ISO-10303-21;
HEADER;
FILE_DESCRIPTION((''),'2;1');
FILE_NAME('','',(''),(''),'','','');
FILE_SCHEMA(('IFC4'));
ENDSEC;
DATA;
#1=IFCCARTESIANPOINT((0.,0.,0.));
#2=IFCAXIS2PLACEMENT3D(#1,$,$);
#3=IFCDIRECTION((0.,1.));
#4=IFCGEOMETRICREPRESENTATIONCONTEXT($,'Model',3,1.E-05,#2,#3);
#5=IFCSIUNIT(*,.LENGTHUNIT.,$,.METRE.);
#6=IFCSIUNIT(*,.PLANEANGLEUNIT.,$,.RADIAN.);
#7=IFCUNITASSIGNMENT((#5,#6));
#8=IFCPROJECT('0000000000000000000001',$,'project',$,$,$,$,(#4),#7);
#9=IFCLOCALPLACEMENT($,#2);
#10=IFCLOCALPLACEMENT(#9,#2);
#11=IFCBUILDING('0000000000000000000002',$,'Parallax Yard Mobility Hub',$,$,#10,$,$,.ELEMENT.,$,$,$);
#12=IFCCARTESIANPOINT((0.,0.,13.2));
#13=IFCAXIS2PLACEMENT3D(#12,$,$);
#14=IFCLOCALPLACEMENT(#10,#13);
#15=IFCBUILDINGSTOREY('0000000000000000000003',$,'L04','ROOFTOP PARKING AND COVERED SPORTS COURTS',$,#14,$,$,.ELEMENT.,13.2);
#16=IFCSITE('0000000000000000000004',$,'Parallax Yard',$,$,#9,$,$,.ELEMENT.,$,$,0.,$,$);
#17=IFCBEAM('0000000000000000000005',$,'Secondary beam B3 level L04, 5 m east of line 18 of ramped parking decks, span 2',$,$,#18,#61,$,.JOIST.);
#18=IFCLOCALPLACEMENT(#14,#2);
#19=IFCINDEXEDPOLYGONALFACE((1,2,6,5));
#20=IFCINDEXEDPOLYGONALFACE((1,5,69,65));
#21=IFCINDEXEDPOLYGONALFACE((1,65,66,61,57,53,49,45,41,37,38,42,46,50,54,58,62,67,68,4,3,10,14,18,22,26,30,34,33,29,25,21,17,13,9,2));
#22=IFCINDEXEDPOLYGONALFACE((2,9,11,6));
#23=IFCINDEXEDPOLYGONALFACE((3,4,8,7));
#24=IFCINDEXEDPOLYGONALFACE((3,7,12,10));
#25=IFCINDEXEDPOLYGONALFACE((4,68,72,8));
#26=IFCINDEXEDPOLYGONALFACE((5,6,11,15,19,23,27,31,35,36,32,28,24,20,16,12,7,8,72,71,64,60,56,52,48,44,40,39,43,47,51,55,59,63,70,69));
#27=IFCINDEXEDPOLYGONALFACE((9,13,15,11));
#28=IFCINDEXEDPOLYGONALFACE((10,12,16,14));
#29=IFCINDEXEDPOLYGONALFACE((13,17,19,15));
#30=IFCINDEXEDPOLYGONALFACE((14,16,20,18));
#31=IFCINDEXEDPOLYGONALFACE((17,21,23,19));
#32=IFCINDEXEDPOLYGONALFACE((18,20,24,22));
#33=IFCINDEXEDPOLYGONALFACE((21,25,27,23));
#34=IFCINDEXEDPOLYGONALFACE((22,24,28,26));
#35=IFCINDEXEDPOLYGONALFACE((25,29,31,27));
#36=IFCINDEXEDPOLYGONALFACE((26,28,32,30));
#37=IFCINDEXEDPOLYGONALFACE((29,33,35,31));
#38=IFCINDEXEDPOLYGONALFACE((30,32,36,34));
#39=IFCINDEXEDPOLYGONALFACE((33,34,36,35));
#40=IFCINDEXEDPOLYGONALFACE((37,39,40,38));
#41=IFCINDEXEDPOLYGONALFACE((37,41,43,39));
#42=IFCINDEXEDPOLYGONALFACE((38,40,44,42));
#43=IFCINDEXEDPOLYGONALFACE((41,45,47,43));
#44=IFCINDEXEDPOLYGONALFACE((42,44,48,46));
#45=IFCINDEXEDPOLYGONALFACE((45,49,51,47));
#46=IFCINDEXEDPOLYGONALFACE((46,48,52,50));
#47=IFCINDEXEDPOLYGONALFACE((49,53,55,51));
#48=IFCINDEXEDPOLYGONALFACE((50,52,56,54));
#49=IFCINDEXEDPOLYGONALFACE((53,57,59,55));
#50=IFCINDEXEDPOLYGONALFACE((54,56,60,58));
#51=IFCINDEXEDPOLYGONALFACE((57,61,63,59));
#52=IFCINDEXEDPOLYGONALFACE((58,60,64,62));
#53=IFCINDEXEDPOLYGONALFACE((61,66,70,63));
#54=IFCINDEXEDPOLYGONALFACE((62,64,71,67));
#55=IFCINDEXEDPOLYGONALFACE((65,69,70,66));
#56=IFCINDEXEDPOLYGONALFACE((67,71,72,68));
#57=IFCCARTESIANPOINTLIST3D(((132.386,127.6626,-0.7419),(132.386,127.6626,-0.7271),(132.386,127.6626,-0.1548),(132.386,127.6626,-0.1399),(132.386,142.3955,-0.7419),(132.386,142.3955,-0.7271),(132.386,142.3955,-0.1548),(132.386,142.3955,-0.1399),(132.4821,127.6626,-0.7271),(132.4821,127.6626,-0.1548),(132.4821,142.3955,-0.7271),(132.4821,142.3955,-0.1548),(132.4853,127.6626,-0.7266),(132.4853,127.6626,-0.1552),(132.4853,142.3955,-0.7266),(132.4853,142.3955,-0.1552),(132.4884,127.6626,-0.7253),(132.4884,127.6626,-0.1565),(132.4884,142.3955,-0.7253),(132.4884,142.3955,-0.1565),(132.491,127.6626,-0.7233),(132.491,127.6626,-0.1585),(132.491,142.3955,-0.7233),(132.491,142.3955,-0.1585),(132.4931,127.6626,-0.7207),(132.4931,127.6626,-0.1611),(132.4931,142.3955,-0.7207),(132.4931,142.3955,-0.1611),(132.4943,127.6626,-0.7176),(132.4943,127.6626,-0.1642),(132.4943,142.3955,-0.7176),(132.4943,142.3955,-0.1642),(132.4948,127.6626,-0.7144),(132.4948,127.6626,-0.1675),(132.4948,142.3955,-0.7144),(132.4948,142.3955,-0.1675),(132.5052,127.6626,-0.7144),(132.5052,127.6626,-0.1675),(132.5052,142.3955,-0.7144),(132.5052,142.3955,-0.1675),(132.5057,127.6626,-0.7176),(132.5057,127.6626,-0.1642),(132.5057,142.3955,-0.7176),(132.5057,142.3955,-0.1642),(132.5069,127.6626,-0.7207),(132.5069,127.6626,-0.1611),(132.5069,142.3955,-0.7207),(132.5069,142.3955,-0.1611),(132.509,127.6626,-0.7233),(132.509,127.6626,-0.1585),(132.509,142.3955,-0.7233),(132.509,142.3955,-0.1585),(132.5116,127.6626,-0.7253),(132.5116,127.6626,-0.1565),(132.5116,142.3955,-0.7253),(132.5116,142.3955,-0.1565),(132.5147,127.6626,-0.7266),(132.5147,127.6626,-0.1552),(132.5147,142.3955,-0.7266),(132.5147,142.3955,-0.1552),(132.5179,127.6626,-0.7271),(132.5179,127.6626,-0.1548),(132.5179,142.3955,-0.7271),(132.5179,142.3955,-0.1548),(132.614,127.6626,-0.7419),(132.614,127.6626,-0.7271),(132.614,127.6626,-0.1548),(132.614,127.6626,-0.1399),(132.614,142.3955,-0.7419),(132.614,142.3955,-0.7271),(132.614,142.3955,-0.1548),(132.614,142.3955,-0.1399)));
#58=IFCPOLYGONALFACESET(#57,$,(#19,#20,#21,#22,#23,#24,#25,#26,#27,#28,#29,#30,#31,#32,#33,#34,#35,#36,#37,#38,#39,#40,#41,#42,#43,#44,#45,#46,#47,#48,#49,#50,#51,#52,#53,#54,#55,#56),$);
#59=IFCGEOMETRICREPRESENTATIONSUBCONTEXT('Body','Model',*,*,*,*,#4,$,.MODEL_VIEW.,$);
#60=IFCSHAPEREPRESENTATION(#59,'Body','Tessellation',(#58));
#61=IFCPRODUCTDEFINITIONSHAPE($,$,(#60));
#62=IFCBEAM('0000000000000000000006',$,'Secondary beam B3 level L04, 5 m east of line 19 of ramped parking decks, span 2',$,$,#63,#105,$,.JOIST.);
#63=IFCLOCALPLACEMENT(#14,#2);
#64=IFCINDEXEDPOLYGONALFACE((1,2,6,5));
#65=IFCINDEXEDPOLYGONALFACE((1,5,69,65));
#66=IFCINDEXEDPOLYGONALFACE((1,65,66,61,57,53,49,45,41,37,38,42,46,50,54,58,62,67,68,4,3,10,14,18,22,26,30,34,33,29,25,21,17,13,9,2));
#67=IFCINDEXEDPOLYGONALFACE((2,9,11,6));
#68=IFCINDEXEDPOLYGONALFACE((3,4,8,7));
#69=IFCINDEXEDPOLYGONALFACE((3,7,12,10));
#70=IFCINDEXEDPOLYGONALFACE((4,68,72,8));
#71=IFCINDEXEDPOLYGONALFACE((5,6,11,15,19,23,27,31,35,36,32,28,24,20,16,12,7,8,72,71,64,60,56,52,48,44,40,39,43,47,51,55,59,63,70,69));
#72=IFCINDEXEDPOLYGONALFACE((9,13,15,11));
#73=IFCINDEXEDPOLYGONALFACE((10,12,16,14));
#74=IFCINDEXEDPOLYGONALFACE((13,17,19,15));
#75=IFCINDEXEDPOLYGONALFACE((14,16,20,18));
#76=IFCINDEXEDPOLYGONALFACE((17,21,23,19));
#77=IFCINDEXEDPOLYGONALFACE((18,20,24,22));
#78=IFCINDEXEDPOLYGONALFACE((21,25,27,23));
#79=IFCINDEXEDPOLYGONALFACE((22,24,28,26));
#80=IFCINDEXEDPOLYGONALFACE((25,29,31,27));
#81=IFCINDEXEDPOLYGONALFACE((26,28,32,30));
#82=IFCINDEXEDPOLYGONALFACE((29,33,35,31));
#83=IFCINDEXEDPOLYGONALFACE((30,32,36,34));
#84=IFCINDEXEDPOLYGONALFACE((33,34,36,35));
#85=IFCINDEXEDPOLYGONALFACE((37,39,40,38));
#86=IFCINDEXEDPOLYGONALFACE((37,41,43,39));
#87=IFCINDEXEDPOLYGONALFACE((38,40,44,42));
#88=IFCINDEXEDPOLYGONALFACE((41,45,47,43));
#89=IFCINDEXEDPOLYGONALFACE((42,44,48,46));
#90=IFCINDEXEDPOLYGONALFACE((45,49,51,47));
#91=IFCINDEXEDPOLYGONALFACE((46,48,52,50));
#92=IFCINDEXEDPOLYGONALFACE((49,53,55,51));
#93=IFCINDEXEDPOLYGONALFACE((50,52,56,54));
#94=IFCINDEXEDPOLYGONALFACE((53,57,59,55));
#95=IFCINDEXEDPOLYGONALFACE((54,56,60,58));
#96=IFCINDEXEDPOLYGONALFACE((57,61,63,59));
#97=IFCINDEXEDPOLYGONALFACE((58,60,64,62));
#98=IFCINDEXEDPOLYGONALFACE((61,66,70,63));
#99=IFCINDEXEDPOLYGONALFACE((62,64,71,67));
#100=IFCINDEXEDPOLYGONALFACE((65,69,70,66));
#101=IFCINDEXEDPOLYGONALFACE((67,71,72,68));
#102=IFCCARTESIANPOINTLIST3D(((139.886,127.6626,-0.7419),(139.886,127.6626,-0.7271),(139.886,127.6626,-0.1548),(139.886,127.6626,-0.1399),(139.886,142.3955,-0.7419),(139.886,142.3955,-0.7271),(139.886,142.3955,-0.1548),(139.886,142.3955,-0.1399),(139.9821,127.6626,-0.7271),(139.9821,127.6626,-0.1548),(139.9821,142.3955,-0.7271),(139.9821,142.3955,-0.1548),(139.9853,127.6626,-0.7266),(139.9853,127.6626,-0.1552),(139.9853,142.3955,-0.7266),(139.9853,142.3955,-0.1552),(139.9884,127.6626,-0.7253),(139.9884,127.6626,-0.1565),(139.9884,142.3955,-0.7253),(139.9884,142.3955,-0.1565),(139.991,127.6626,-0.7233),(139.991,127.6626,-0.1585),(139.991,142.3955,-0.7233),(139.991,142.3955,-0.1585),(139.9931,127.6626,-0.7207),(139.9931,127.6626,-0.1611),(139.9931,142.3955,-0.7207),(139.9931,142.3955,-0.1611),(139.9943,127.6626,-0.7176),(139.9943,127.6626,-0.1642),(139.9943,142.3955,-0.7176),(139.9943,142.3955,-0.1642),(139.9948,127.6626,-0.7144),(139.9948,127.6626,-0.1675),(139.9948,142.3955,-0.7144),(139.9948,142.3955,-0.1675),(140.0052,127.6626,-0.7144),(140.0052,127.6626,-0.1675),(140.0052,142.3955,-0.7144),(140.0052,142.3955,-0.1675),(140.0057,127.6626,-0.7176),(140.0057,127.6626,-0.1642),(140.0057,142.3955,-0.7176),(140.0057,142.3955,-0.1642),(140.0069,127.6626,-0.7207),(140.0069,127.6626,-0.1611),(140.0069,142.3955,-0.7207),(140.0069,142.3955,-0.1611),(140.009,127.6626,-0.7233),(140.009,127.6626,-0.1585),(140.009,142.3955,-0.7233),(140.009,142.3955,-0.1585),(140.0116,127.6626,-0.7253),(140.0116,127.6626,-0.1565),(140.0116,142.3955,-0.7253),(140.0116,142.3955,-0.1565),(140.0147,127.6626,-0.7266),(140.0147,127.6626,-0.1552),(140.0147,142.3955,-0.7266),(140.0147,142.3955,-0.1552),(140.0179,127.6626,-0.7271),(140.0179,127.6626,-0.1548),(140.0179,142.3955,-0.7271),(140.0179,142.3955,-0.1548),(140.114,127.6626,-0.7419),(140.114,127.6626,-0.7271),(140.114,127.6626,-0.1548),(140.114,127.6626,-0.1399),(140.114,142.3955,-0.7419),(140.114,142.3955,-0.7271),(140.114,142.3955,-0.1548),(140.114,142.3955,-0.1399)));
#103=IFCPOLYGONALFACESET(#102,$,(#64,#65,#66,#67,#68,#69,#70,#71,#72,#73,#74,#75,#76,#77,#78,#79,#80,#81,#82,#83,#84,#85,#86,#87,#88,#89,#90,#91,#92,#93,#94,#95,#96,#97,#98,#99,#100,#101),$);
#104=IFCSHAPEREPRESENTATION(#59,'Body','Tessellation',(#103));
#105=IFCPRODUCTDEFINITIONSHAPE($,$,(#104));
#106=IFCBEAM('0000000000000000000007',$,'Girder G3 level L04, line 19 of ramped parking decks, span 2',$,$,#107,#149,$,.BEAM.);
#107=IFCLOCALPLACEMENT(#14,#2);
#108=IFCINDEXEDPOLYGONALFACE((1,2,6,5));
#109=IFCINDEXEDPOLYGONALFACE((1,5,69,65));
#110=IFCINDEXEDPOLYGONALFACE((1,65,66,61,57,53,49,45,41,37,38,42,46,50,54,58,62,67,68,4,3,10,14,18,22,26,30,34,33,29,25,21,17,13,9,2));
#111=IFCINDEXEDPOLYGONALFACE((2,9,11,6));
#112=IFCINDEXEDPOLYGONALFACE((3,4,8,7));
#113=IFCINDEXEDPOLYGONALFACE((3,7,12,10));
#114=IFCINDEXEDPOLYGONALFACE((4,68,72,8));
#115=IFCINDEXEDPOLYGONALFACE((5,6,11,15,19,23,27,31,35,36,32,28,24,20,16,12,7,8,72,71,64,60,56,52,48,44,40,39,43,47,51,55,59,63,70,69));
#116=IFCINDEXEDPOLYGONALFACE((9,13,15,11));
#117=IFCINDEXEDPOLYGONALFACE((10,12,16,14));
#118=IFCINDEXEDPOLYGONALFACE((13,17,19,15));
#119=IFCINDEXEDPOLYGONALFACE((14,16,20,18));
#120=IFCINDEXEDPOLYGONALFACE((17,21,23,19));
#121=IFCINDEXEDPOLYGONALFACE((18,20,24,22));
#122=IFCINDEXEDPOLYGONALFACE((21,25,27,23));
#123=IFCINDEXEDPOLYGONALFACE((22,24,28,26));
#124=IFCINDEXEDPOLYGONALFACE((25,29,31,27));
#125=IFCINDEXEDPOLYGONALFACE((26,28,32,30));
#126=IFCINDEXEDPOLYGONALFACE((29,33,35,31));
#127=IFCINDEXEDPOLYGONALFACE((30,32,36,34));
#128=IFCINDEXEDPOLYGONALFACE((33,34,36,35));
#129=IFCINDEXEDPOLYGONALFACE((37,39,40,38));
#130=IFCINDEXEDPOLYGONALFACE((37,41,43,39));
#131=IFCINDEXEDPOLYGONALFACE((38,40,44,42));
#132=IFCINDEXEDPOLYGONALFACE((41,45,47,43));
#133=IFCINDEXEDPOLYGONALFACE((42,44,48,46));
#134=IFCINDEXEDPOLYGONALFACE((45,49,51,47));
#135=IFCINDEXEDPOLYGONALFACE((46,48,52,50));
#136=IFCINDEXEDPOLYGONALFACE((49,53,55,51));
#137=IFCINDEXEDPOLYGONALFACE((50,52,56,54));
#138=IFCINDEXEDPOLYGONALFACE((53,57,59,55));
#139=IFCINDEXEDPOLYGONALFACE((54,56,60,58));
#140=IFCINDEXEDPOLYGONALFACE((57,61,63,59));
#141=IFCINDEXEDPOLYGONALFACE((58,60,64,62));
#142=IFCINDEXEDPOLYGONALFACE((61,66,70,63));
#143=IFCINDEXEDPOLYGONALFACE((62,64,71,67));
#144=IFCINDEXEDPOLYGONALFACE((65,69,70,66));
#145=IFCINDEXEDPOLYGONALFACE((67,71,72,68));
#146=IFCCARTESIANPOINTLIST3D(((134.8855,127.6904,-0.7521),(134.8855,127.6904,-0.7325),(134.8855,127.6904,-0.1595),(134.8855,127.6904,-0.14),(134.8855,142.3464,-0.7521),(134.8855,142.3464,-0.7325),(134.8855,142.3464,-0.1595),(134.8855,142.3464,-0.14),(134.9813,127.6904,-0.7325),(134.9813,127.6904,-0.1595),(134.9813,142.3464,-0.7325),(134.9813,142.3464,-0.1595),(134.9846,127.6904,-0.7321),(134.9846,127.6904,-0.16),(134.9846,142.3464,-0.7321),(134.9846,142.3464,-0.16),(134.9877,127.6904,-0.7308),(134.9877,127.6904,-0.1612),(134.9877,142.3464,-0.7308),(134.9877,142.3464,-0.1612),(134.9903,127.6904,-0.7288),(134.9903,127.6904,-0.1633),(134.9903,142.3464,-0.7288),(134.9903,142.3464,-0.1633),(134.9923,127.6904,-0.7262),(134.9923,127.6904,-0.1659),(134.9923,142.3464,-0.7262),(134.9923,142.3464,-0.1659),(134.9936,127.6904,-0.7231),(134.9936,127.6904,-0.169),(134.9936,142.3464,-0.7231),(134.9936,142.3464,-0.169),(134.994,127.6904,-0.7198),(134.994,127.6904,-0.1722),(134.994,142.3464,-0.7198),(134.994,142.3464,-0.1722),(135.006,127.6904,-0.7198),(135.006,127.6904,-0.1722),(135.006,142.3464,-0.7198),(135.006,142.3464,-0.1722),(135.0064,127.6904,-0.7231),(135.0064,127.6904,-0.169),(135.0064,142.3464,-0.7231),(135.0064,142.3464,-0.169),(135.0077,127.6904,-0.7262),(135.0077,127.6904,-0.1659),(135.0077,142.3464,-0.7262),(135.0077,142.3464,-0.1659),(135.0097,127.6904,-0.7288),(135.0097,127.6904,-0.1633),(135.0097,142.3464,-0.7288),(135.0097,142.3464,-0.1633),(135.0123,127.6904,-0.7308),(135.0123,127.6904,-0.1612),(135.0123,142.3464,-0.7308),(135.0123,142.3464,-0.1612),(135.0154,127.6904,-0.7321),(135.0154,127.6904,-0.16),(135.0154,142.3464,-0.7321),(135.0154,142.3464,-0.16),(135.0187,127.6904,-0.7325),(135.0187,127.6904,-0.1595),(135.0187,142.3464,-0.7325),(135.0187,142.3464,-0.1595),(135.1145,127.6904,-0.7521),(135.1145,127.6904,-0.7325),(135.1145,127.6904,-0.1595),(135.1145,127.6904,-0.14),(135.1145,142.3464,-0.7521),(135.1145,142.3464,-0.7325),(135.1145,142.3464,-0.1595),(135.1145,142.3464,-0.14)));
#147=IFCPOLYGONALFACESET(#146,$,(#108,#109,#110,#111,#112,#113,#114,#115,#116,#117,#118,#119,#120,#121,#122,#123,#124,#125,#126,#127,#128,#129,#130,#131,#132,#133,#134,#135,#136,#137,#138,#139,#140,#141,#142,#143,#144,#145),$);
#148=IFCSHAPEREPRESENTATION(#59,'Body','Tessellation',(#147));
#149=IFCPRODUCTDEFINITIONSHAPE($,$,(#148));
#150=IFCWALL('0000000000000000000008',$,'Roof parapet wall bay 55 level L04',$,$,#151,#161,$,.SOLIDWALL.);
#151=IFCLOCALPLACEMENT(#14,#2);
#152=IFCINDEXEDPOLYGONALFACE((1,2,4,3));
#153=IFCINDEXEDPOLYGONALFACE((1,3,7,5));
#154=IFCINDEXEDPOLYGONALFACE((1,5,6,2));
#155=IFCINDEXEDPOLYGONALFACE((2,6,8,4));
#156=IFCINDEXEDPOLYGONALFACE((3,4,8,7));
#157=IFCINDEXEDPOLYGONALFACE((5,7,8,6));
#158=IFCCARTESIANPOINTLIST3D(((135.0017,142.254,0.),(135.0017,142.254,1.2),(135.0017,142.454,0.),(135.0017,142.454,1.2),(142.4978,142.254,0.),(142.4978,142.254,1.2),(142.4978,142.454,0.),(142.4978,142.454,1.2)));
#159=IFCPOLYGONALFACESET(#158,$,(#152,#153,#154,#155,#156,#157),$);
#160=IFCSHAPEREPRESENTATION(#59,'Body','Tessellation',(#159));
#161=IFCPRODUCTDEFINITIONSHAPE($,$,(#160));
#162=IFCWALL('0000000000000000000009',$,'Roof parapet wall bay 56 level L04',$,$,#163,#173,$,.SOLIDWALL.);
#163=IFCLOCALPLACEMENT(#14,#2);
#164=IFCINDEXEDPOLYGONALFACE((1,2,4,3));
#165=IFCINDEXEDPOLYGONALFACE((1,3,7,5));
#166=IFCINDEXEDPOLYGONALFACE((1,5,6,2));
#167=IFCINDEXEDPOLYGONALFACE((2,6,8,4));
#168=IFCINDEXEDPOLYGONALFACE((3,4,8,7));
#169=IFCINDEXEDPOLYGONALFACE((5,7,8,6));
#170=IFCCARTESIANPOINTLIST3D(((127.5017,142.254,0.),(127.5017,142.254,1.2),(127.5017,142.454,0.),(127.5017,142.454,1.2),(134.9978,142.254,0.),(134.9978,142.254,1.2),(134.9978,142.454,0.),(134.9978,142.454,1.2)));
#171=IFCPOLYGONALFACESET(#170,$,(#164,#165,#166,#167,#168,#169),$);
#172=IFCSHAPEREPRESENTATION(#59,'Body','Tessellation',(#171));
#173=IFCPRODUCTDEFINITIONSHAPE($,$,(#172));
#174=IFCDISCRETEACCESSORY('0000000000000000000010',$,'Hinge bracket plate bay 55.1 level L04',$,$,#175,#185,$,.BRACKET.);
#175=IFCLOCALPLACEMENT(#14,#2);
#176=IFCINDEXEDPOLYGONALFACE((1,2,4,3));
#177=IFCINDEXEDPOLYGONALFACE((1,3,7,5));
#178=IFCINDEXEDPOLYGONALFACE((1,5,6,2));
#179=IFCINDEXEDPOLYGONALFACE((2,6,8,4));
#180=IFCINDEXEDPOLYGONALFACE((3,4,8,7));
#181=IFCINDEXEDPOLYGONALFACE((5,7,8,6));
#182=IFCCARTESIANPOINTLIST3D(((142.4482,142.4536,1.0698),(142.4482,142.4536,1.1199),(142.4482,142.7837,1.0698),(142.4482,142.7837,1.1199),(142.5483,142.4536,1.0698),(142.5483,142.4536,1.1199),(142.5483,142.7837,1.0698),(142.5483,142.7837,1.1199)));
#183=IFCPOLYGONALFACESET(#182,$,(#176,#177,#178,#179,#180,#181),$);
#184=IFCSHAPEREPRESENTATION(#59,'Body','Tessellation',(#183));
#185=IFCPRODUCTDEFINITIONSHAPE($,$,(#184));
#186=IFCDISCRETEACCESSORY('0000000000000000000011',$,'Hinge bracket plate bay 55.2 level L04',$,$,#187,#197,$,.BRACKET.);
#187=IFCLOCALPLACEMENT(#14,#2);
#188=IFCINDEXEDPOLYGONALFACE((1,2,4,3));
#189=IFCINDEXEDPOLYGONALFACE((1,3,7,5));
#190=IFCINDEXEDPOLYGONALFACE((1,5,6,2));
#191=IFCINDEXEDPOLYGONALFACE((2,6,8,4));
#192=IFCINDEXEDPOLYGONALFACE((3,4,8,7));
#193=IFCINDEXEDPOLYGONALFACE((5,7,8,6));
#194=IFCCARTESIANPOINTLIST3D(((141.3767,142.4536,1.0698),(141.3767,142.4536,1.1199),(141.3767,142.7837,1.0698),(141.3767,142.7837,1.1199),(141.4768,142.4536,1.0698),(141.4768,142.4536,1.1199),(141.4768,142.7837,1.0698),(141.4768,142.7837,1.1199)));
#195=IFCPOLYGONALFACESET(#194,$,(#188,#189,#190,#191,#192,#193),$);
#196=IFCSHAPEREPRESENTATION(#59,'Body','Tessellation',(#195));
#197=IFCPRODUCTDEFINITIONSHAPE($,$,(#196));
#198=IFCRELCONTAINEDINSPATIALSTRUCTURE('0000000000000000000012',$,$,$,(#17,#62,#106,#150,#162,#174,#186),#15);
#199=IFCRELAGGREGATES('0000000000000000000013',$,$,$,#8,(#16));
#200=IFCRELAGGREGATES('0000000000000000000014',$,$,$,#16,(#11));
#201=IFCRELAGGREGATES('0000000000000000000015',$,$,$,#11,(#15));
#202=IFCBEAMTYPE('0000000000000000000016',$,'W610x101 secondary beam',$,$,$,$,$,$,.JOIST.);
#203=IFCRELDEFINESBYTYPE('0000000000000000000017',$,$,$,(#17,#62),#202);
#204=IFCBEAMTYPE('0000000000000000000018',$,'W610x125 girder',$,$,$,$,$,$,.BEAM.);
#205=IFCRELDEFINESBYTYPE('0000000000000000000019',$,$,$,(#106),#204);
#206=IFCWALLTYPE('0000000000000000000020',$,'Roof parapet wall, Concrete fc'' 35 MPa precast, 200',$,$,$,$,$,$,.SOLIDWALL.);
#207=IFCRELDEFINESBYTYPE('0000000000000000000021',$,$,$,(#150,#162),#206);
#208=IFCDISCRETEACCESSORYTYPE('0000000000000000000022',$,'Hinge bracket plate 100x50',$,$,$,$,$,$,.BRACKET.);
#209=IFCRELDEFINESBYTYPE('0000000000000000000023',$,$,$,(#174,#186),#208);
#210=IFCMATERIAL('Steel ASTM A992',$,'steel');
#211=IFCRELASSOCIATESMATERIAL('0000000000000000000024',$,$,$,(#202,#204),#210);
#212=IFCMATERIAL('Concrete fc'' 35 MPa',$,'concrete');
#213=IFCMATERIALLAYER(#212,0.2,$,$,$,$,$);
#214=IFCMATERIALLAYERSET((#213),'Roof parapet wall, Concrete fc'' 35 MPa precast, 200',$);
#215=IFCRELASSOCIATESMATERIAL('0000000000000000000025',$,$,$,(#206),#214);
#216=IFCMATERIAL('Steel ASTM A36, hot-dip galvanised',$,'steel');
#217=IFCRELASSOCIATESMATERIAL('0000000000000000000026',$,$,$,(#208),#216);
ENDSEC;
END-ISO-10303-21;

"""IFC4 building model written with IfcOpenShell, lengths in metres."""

from ifc_helpers import new_model, si_unit, direction, frame, frame_2d, origin, origin_2d, place, context, subcontext, project, spatial, rectangle, i_section, extrude, material, layer, layer_set, material_profile, profile_set, type_object, element, save


model = new_model("IFC4")

# Units and contexts
model_context = context("Model", 3, precision=1e-05, world=origin(), true_north=direction((0.0, 1.0)))
body_context = subcontext(model_context, "Body", "Model", "MODEL_VIEW")
ifc_project = project(units=[si_unit("LENGTHUNIT", "METRE"), si_unit("PLANEANGLEUNIT", "RADIAN")], contexts=[model_context])

# Site, building, storey
site_placement = place(None, origin())
site = spatial("IfcSite", under=ifc_project, at=site_placement, Name="Parallax Yard", CompositionType="ELEMENT", RefElevation=0.0)
building_placement = place(site_placement, origin())
building = spatial("IfcBuilding", under=site, at=building_placement, Name="Parallax Yard Mobility Hub", CompositionType="ELEMENT")
storey_placement = place(building_placement, frame((0.0, 0.0, 13.2)))
storey = spatial("IfcBuildingStorey", under=building, at=storey_placement, Name="L04", Description="ROOFTOP PARKING AND COVERED SPORTS COURTS", CompositionType="ELEMENT", Elevation=13.2)

# Beams
ifc_material_1 = material(Name="Steel ASTM A992", Category="steel")
ifc_material_profile_1 = material_profile(ifc_material_1, i_section(OverallWidth=0.228, OverallDepth=0.6021, WebThickness=0.0105, FlangeThickness=0.0149, FilletRadius=0.0127, at=origin_2d()), Name="W610x101")
ifc_profile_set_1 = profile_set([ifc_material_profile_1], Name="Steel ASTM A992")
beam_type_1 = type_object("IfcBeamType", Name="W610x101 secondary beam", PredefinedType="JOIST", material=ifc_profile_set_1)
for number, where, z_axis, x_axis, name in (
    (1, (132.5, 127.6626, -0.4409), (0.0, 1.0, 0.0), (-1.0, 0.0, 0.0), "Secondary beam B3 level L04, 5 m east of line 18 of ramped parking decks, span 2"),
    (2, (140.0, 127.6626, -0.4409), (0.0, 1.0, 0.0), (-1.0, 0.0, 0.0), "Secondary beam B3 level L04, 5 m east of line 19 of ramped parking decks, span 2"),
):
    element("IfcBeam", number, at=place(storey_placement, frame(where, z_axis=z_axis, x_axis=x_axis)), inside=storey, type_object=beam_type_1, Name=name, PredefinedType="JOIST", context=body_context, shape_type="SweptSolid", body=[
        extrude(i_section(OverallWidth=0.228, OverallDepth=0.6021, WebThickness=0.0105, FlangeThickness=0.0149, FilletRadius=0.0127, at=origin_2d()), origin(), (0.0, 0.0, 1.0), 14.7329),
    ])
ifc_material_profile_2 = material_profile(ifc_material_1, i_section(OverallWidth=0.229, OverallDepth=0.6121, WebThickness=0.012, FlangeThickness=0.0195, FilletRadius=0.0127, at=origin_2d()), Name="W610x125")
ifc_profile_set_2 = profile_set([ifc_material_profile_2], Name="Steel ASTM A992")
beam_type_2 = type_object("IfcBeamType", Name="W610x125 girder", PredefinedType="BEAM", material=ifc_profile_set_2)
beam_placement = place(storey_placement, frame((135.0, 127.6904, -0.446), z_axis=(0.0, 1.0, 0.0), x_axis=(-1.0, 0.0, 0.0)))
element("IfcBeam", 3, at=beam_placement, inside=storey, type_object=beam_type_2, Name="Girder G3 level L04, line 19 of ramped parking decks, span 2", PredefinedType="BEAM", context=body_context, shape_type="SweptSolid", body=[
    extrude(i_section(OverallWidth=0.229, OverallDepth=0.6121, WebThickness=0.012, FlangeThickness=0.0195, FilletRadius=0.0127, at=origin_2d()), origin(), (0.0, 0.0, 1.0), 14.656),
])

# Walls
ifc_material_2 = material(Name="Concrete fc' 35 MPa", Category="concrete")
ifc_layer = layer(ifc_material_2, 0.2)
ifc_layer_set = layer_set([ifc_layer], Name="Roof parapet wall, Concrete fc' 35 MPa precast, 200")
wall_type = type_object("IfcWallType", Name="Roof parapet wall, Concrete fc' 35 MPa precast, 200", PredefinedType="SOLIDWALL", material=ifc_layer_set)
for number, where, z_axis, x_axis, name in (
    (4, (142.4978, 142.354, 0.0), (0.0, 0.0, 1.0), (-1.0, 0.0, 0.0), "Roof parapet wall bay 55 level L04"),
    (5, (134.9978, 142.354, 0.0), (0.0, 0.0, 1.0), (-1.0, 0.0, 0.0), "Roof parapet wall bay 56 level L04"),
):
    element("IfcWall", number, at=place(storey_placement, frame(where, z_axis=z_axis, x_axis=x_axis)), inside=storey, type_object=wall_type, Name=name, PredefinedType="SOLIDWALL", context=body_context, shape_type="SweptSolid", body=[
        extrude(rectangle(XDim=7.4961, YDim=0.2, at=frame_2d((3.748, 0.0))), origin(), (0.0, 0.0, 1.0), 1.2),
    ])

# Discrete accessories
ifc_material_3 = material(Name="Steel ASTM A36, hot-dip galvanised", Category="steel")
discrete_accessory_type = type_object("IfcDiscreteAccessoryType", Name="Hinge bracket plate 100x50", PredefinedType="BRACKET", material=ifc_material_3)
for number, where, z_axis, x_axis, name in (
    (6, (142.4983, 142.6187, 1.0698), (0.0, 0.0, 1.0), (0.0, 1.0, 0.0), "Hinge bracket plate bay 55.1 level L04"),
    (7, (141.4268, 142.6187, 1.0698), (0.0, 0.0, 1.0), (0.0, 1.0, 0.0), "Hinge bracket plate bay 55.2 level L04"),
):
    element("IfcDiscreteAccessory", number, at=place(storey_placement, frame(where, z_axis=z_axis, x_axis=x_axis)), inside=storey, type_object=discrete_accessory_type, Name=name, PredefinedType="BRACKET", context=body_context, shape_type="SweptSolid", body=[
        extrude(rectangle(XDim=0.3301, YDim=0.1001, at=origin_2d()), origin(), (0.0, 0.0, 1.0), 0.05),
    ])

save(model, "model.ifc")
